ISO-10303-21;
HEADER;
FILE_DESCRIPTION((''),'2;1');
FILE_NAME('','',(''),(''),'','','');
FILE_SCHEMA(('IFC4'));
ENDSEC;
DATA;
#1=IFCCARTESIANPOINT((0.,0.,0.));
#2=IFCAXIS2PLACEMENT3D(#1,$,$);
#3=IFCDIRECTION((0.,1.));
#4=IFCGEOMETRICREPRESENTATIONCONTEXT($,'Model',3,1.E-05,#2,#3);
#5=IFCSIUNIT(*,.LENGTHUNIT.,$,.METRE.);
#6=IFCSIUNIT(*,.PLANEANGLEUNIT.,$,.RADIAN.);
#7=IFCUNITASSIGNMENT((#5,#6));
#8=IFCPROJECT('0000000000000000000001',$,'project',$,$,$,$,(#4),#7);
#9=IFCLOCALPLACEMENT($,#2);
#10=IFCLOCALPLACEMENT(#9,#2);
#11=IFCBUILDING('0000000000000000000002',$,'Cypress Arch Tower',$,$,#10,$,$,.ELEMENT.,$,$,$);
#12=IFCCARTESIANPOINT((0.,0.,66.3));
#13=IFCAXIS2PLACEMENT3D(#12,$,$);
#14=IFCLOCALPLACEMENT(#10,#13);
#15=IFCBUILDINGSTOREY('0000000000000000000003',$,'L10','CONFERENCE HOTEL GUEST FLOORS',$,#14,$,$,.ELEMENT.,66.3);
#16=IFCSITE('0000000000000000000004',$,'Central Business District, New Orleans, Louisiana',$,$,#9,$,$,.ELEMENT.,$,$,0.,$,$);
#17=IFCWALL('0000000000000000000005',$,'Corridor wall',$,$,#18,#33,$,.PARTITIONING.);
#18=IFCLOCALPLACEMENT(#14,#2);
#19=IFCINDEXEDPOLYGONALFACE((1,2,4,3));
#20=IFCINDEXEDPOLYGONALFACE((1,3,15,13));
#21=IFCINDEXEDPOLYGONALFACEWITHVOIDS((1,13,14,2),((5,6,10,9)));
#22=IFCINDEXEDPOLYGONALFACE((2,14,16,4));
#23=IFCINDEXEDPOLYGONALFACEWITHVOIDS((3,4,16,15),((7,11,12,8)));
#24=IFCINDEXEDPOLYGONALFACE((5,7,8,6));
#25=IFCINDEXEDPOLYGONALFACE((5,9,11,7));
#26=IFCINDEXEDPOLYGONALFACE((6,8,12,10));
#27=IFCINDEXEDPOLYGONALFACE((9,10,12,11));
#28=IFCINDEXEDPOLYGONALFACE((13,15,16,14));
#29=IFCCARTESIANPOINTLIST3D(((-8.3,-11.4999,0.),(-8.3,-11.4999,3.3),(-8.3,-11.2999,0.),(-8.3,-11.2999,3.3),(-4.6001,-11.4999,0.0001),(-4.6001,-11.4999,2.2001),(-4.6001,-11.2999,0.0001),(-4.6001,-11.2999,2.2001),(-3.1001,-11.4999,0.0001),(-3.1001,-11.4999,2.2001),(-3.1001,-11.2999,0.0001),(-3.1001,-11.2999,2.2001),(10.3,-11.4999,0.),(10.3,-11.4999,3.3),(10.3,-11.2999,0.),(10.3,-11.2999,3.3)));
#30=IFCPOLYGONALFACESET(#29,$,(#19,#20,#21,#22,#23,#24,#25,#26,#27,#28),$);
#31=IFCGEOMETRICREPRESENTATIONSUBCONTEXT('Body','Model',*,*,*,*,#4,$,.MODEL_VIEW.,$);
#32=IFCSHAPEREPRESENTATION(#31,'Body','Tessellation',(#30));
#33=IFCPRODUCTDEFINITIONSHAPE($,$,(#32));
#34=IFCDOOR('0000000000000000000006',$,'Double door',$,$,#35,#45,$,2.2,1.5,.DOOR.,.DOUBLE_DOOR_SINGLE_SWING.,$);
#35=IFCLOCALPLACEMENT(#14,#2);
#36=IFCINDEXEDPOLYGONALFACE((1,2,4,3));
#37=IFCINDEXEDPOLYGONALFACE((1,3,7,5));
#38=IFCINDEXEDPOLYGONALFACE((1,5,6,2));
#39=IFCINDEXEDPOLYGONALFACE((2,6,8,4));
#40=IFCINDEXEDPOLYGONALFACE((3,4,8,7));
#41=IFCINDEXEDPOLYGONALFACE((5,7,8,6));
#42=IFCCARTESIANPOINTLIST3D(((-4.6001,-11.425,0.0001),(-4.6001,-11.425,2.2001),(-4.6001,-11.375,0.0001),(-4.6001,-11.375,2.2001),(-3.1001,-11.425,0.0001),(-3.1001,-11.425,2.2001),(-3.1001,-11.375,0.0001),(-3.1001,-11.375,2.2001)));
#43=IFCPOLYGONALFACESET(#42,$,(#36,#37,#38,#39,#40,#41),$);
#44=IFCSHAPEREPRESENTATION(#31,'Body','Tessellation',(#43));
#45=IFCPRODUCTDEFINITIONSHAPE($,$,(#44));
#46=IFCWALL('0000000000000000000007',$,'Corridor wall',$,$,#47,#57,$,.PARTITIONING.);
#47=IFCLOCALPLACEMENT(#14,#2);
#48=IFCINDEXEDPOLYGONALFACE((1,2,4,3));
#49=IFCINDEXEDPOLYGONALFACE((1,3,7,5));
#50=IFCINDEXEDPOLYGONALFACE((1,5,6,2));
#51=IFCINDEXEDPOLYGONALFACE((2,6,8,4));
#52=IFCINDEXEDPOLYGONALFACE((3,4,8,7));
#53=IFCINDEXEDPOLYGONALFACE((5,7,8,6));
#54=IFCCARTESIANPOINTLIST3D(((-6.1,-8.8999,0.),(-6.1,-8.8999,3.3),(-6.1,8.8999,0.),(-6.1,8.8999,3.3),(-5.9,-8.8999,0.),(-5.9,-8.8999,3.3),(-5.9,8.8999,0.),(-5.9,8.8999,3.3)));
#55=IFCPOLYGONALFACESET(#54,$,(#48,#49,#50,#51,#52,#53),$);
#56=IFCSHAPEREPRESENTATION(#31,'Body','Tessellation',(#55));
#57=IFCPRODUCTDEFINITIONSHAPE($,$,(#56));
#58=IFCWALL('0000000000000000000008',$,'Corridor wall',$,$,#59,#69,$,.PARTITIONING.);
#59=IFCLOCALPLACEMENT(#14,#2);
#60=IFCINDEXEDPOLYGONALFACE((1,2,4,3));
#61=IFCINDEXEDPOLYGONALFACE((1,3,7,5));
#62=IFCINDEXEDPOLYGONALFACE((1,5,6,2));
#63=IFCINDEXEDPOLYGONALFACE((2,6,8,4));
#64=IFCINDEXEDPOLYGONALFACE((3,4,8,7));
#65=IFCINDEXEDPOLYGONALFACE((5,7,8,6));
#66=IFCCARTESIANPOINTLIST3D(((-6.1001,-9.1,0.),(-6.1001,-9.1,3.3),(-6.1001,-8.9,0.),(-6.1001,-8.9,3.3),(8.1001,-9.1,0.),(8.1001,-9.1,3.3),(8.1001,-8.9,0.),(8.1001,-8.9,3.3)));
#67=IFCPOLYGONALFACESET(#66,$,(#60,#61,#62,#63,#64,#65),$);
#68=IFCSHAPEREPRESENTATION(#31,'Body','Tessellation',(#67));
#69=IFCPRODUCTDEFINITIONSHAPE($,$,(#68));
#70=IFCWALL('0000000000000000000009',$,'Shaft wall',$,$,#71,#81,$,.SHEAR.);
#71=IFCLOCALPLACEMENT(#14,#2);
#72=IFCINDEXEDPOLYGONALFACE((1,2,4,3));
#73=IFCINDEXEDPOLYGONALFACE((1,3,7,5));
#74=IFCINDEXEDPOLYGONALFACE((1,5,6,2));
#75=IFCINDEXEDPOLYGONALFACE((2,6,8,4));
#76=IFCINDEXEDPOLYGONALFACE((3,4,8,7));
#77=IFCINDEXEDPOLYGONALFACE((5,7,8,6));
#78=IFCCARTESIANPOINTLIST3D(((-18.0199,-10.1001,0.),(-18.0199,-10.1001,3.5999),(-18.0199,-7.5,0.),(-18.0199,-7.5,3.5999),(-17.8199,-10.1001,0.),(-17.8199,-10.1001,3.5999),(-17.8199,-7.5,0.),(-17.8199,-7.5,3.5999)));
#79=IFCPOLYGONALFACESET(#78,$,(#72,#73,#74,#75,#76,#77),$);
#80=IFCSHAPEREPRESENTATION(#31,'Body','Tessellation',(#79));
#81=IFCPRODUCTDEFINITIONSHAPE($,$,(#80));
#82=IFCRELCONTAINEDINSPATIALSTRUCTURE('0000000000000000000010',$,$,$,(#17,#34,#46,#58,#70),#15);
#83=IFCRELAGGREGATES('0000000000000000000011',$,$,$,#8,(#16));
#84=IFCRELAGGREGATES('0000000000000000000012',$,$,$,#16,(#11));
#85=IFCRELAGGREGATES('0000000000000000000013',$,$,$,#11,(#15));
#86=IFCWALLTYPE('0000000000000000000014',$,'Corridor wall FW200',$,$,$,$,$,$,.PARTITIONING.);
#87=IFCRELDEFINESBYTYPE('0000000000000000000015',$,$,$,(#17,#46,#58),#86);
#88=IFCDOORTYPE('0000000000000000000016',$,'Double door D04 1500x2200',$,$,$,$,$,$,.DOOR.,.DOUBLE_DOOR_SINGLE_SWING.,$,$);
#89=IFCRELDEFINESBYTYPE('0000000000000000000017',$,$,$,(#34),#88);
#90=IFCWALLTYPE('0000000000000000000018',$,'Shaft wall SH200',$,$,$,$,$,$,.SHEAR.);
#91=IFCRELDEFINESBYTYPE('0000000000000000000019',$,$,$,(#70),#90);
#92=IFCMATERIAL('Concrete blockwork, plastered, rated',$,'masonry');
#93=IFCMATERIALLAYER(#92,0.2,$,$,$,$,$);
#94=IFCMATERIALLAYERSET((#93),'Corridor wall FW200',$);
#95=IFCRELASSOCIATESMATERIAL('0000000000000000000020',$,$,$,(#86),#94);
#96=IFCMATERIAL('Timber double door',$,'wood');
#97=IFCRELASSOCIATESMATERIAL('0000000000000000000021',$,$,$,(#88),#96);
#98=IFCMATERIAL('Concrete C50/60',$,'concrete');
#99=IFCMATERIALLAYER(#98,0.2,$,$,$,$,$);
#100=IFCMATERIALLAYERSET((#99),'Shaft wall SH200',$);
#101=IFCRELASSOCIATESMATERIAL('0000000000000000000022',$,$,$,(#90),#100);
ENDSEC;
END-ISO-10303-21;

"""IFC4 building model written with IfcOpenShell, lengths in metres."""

from ifc_helpers import new_model, si_unit, direction, frame, frame_2d, origin, place, context, subcontext, project, spatial, rectangle, extrude, material, layer, layer_set, type_object, element, fill, save


model = new_model("IFC4")

# Units and contexts
model_context = context("Model", 3, precision=1e-05, world=origin(), true_north=direction((0.0, 1.0)))
body_context = subcontext(model_context, "Body", "Model", "MODEL_VIEW")
ifc_project = project(units=[si_unit("LENGTHUNIT", "METRE"), si_unit("PLANEANGLEUNIT", "RADIAN")], contexts=[model_context])

# Site, building, storey
site_placement = place(None, origin())
site = spatial("IfcSite", under=ifc_project, at=site_placement, Name="Central Business District, New Orleans, Louisiana", CompositionType="ELEMENT", RefElevation=0.0)
building_placement = place(site_placement, origin())
building = spatial("IfcBuilding", under=site, at=building_placement, Name="Cypress Arch Tower", CompositionType="ELEMENT")
storey_placement = place(building_placement, frame((0.0, 0.0, 66.3)))
storey = spatial("IfcBuildingStorey", under=building, at=storey_placement, Name="L10", Description="CONFERENCE HOTEL GUEST FLOORS", CompositionType="ELEMENT", Elevation=66.3)

# Shared definitions
ifc_material_1 = material(Name="Concrete blockwork, plastered, rated", Category="masonry")
ifc_layer_1 = layer(ifc_material_1, 0.2)
ifc_layer_set_1 = layer_set([ifc_layer_1], Name="Corridor wall FW200")
wall_type_1 = type_object("IfcWallType", Name="Corridor wall FW200", PredefinedType="PARTITIONING", material=ifc_layer_set_1)
ifc_material_2 = material(Name="Timber double door", Category="wood")
door_type_1 = type_object("IfcDoorType", Name="Double door D04 1500x2200", OperationType="DOUBLE_DOOR_SINGLE_SWING", PredefinedType="DOOR", material=ifc_material_2)

# Wall, opening, door
wall_1_placement = place(storey_placement, frame((-8.3, -11.3999, 0.0), z_axis=(0.0, 0.0, 1.0), x_axis=(1.0, 0.0, 0.0)))
wall_1 = element("IfcWall", 1, at=wall_1_placement, inside=storey, type_object=wall_type_1, Name="Corridor wall", PredefinedType="PARTITIONING", context=body_context, shape_type="SweptSolid", body=[
    extrude(rectangle(XDim=18.6001, YDim=0.2, at=frame_2d((9.3, 0.0))), origin(), (0.0, 0.0, 1.0), 3.3),
])
opening_1_placement = place(wall_1_placement, frame((3.7, 0.0, 0.0)))
opening_1 = element("IfcOpeningElement", 2, at=opening_1_placement, cuts=wall_1, PredefinedType="OPENING", context=body_context, shape_type="SweptSolid", body=[
    extrude(rectangle(XDim=1.5, YDim=2.2, at=frame_2d((0.75, 1.1001))), frame((0.0, 0.1099, 0.0), z_axis=(0.0, -1.0, 0.0), x_axis=(1.0, 0.0, 0.0)), (0.0, 0.0, 1.0), 0.22),
])
door_1_placement = place(opening_1_placement, origin())
door_1 = element("IfcDoor", 3, at=door_1_placement, inside=storey, type_object=door_type_1, Name="Double door", OperationType="DOUBLE_DOOR_SINGLE_SWING", OverallHeight=2.2, OverallWidth=1.5, PredefinedType="DOOR", context=body_context, shape_type="SweptSolid", body=[
    extrude(rectangle(XDim=1.5, YDim=2.2, at=frame_2d((0.75, 1.1001))), frame((0.0, 0.0249, 0.0), z_axis=(0.0, -1.0, 0.0), x_axis=(1.0, 0.0, 0.0)), (0.0, 0.0, 1.0), 0.05),
])
fill(opening_1, door_1)

# Walls
wall_2_placement = place(storey_placement, frame((-6.0, -8.8999, 0.0), z_axis=(0.0, 0.0, 1.0), x_axis=(0.0, 1.0, 0.0)))
element("IfcWall", 4, at=wall_2_placement, inside=storey, type_object=wall_type_1, Name="Corridor wall", PredefinedType="PARTITIONING", context=body_context, shape_type="SweptSolid", body=[
    extrude(rectangle(XDim=17.7998, YDim=0.2, at=frame_2d((8.8999, 0.0))), origin(), (0.0, 0.0, 1.0), 3.3),
])
wall_3_placement = place(storey_placement, frame((-6.1001, -9.0, 0.0), z_axis=(0.0, 0.0, 1.0), x_axis=(1.0, 0.0, 0.0)))
element("IfcWall", 5, at=wall_3_placement, inside=storey, type_object=wall_type_1, Name="Corridor wall", PredefinedType="PARTITIONING", context=body_context, shape_type="SweptSolid", body=[
    extrude(rectangle(XDim=14.2002, YDim=0.2, at=frame_2d((7.1001, 0.0))), origin(), (0.0, 0.0, 1.0), 3.3),
])
ifc_material_3 = material(Name="Concrete C50/60", Category="concrete")
ifc_layer_2 = layer(ifc_material_3, 0.2)
ifc_layer_set_2 = layer_set([ifc_layer_2], Name="Shaft wall SH200")
wall_type_2 = type_object("IfcWallType", Name="Shaft wall SH200", PredefinedType="SHEAR", material=ifc_layer_set_2)
wall_4_placement = place(storey_placement, frame((-17.9199, -10.1001, 0.0), z_axis=(0.0, 0.0, 1.0), x_axis=(0.0, 1.0, 0.0)))
element("IfcWall", 6, at=wall_4_placement, inside=storey, type_object=wall_type_2, Name="Shaft wall", PredefinedType="SHEAR", context=body_context, shape_type="SweptSolid", body=[
    extrude(rectangle(XDim=2.6001, YDim=0.2, at=frame_2d((1.3, 0.0))), origin(), (0.0, 0.0, 1.0), 3.5999),
])

save(model, "model.ifc")
